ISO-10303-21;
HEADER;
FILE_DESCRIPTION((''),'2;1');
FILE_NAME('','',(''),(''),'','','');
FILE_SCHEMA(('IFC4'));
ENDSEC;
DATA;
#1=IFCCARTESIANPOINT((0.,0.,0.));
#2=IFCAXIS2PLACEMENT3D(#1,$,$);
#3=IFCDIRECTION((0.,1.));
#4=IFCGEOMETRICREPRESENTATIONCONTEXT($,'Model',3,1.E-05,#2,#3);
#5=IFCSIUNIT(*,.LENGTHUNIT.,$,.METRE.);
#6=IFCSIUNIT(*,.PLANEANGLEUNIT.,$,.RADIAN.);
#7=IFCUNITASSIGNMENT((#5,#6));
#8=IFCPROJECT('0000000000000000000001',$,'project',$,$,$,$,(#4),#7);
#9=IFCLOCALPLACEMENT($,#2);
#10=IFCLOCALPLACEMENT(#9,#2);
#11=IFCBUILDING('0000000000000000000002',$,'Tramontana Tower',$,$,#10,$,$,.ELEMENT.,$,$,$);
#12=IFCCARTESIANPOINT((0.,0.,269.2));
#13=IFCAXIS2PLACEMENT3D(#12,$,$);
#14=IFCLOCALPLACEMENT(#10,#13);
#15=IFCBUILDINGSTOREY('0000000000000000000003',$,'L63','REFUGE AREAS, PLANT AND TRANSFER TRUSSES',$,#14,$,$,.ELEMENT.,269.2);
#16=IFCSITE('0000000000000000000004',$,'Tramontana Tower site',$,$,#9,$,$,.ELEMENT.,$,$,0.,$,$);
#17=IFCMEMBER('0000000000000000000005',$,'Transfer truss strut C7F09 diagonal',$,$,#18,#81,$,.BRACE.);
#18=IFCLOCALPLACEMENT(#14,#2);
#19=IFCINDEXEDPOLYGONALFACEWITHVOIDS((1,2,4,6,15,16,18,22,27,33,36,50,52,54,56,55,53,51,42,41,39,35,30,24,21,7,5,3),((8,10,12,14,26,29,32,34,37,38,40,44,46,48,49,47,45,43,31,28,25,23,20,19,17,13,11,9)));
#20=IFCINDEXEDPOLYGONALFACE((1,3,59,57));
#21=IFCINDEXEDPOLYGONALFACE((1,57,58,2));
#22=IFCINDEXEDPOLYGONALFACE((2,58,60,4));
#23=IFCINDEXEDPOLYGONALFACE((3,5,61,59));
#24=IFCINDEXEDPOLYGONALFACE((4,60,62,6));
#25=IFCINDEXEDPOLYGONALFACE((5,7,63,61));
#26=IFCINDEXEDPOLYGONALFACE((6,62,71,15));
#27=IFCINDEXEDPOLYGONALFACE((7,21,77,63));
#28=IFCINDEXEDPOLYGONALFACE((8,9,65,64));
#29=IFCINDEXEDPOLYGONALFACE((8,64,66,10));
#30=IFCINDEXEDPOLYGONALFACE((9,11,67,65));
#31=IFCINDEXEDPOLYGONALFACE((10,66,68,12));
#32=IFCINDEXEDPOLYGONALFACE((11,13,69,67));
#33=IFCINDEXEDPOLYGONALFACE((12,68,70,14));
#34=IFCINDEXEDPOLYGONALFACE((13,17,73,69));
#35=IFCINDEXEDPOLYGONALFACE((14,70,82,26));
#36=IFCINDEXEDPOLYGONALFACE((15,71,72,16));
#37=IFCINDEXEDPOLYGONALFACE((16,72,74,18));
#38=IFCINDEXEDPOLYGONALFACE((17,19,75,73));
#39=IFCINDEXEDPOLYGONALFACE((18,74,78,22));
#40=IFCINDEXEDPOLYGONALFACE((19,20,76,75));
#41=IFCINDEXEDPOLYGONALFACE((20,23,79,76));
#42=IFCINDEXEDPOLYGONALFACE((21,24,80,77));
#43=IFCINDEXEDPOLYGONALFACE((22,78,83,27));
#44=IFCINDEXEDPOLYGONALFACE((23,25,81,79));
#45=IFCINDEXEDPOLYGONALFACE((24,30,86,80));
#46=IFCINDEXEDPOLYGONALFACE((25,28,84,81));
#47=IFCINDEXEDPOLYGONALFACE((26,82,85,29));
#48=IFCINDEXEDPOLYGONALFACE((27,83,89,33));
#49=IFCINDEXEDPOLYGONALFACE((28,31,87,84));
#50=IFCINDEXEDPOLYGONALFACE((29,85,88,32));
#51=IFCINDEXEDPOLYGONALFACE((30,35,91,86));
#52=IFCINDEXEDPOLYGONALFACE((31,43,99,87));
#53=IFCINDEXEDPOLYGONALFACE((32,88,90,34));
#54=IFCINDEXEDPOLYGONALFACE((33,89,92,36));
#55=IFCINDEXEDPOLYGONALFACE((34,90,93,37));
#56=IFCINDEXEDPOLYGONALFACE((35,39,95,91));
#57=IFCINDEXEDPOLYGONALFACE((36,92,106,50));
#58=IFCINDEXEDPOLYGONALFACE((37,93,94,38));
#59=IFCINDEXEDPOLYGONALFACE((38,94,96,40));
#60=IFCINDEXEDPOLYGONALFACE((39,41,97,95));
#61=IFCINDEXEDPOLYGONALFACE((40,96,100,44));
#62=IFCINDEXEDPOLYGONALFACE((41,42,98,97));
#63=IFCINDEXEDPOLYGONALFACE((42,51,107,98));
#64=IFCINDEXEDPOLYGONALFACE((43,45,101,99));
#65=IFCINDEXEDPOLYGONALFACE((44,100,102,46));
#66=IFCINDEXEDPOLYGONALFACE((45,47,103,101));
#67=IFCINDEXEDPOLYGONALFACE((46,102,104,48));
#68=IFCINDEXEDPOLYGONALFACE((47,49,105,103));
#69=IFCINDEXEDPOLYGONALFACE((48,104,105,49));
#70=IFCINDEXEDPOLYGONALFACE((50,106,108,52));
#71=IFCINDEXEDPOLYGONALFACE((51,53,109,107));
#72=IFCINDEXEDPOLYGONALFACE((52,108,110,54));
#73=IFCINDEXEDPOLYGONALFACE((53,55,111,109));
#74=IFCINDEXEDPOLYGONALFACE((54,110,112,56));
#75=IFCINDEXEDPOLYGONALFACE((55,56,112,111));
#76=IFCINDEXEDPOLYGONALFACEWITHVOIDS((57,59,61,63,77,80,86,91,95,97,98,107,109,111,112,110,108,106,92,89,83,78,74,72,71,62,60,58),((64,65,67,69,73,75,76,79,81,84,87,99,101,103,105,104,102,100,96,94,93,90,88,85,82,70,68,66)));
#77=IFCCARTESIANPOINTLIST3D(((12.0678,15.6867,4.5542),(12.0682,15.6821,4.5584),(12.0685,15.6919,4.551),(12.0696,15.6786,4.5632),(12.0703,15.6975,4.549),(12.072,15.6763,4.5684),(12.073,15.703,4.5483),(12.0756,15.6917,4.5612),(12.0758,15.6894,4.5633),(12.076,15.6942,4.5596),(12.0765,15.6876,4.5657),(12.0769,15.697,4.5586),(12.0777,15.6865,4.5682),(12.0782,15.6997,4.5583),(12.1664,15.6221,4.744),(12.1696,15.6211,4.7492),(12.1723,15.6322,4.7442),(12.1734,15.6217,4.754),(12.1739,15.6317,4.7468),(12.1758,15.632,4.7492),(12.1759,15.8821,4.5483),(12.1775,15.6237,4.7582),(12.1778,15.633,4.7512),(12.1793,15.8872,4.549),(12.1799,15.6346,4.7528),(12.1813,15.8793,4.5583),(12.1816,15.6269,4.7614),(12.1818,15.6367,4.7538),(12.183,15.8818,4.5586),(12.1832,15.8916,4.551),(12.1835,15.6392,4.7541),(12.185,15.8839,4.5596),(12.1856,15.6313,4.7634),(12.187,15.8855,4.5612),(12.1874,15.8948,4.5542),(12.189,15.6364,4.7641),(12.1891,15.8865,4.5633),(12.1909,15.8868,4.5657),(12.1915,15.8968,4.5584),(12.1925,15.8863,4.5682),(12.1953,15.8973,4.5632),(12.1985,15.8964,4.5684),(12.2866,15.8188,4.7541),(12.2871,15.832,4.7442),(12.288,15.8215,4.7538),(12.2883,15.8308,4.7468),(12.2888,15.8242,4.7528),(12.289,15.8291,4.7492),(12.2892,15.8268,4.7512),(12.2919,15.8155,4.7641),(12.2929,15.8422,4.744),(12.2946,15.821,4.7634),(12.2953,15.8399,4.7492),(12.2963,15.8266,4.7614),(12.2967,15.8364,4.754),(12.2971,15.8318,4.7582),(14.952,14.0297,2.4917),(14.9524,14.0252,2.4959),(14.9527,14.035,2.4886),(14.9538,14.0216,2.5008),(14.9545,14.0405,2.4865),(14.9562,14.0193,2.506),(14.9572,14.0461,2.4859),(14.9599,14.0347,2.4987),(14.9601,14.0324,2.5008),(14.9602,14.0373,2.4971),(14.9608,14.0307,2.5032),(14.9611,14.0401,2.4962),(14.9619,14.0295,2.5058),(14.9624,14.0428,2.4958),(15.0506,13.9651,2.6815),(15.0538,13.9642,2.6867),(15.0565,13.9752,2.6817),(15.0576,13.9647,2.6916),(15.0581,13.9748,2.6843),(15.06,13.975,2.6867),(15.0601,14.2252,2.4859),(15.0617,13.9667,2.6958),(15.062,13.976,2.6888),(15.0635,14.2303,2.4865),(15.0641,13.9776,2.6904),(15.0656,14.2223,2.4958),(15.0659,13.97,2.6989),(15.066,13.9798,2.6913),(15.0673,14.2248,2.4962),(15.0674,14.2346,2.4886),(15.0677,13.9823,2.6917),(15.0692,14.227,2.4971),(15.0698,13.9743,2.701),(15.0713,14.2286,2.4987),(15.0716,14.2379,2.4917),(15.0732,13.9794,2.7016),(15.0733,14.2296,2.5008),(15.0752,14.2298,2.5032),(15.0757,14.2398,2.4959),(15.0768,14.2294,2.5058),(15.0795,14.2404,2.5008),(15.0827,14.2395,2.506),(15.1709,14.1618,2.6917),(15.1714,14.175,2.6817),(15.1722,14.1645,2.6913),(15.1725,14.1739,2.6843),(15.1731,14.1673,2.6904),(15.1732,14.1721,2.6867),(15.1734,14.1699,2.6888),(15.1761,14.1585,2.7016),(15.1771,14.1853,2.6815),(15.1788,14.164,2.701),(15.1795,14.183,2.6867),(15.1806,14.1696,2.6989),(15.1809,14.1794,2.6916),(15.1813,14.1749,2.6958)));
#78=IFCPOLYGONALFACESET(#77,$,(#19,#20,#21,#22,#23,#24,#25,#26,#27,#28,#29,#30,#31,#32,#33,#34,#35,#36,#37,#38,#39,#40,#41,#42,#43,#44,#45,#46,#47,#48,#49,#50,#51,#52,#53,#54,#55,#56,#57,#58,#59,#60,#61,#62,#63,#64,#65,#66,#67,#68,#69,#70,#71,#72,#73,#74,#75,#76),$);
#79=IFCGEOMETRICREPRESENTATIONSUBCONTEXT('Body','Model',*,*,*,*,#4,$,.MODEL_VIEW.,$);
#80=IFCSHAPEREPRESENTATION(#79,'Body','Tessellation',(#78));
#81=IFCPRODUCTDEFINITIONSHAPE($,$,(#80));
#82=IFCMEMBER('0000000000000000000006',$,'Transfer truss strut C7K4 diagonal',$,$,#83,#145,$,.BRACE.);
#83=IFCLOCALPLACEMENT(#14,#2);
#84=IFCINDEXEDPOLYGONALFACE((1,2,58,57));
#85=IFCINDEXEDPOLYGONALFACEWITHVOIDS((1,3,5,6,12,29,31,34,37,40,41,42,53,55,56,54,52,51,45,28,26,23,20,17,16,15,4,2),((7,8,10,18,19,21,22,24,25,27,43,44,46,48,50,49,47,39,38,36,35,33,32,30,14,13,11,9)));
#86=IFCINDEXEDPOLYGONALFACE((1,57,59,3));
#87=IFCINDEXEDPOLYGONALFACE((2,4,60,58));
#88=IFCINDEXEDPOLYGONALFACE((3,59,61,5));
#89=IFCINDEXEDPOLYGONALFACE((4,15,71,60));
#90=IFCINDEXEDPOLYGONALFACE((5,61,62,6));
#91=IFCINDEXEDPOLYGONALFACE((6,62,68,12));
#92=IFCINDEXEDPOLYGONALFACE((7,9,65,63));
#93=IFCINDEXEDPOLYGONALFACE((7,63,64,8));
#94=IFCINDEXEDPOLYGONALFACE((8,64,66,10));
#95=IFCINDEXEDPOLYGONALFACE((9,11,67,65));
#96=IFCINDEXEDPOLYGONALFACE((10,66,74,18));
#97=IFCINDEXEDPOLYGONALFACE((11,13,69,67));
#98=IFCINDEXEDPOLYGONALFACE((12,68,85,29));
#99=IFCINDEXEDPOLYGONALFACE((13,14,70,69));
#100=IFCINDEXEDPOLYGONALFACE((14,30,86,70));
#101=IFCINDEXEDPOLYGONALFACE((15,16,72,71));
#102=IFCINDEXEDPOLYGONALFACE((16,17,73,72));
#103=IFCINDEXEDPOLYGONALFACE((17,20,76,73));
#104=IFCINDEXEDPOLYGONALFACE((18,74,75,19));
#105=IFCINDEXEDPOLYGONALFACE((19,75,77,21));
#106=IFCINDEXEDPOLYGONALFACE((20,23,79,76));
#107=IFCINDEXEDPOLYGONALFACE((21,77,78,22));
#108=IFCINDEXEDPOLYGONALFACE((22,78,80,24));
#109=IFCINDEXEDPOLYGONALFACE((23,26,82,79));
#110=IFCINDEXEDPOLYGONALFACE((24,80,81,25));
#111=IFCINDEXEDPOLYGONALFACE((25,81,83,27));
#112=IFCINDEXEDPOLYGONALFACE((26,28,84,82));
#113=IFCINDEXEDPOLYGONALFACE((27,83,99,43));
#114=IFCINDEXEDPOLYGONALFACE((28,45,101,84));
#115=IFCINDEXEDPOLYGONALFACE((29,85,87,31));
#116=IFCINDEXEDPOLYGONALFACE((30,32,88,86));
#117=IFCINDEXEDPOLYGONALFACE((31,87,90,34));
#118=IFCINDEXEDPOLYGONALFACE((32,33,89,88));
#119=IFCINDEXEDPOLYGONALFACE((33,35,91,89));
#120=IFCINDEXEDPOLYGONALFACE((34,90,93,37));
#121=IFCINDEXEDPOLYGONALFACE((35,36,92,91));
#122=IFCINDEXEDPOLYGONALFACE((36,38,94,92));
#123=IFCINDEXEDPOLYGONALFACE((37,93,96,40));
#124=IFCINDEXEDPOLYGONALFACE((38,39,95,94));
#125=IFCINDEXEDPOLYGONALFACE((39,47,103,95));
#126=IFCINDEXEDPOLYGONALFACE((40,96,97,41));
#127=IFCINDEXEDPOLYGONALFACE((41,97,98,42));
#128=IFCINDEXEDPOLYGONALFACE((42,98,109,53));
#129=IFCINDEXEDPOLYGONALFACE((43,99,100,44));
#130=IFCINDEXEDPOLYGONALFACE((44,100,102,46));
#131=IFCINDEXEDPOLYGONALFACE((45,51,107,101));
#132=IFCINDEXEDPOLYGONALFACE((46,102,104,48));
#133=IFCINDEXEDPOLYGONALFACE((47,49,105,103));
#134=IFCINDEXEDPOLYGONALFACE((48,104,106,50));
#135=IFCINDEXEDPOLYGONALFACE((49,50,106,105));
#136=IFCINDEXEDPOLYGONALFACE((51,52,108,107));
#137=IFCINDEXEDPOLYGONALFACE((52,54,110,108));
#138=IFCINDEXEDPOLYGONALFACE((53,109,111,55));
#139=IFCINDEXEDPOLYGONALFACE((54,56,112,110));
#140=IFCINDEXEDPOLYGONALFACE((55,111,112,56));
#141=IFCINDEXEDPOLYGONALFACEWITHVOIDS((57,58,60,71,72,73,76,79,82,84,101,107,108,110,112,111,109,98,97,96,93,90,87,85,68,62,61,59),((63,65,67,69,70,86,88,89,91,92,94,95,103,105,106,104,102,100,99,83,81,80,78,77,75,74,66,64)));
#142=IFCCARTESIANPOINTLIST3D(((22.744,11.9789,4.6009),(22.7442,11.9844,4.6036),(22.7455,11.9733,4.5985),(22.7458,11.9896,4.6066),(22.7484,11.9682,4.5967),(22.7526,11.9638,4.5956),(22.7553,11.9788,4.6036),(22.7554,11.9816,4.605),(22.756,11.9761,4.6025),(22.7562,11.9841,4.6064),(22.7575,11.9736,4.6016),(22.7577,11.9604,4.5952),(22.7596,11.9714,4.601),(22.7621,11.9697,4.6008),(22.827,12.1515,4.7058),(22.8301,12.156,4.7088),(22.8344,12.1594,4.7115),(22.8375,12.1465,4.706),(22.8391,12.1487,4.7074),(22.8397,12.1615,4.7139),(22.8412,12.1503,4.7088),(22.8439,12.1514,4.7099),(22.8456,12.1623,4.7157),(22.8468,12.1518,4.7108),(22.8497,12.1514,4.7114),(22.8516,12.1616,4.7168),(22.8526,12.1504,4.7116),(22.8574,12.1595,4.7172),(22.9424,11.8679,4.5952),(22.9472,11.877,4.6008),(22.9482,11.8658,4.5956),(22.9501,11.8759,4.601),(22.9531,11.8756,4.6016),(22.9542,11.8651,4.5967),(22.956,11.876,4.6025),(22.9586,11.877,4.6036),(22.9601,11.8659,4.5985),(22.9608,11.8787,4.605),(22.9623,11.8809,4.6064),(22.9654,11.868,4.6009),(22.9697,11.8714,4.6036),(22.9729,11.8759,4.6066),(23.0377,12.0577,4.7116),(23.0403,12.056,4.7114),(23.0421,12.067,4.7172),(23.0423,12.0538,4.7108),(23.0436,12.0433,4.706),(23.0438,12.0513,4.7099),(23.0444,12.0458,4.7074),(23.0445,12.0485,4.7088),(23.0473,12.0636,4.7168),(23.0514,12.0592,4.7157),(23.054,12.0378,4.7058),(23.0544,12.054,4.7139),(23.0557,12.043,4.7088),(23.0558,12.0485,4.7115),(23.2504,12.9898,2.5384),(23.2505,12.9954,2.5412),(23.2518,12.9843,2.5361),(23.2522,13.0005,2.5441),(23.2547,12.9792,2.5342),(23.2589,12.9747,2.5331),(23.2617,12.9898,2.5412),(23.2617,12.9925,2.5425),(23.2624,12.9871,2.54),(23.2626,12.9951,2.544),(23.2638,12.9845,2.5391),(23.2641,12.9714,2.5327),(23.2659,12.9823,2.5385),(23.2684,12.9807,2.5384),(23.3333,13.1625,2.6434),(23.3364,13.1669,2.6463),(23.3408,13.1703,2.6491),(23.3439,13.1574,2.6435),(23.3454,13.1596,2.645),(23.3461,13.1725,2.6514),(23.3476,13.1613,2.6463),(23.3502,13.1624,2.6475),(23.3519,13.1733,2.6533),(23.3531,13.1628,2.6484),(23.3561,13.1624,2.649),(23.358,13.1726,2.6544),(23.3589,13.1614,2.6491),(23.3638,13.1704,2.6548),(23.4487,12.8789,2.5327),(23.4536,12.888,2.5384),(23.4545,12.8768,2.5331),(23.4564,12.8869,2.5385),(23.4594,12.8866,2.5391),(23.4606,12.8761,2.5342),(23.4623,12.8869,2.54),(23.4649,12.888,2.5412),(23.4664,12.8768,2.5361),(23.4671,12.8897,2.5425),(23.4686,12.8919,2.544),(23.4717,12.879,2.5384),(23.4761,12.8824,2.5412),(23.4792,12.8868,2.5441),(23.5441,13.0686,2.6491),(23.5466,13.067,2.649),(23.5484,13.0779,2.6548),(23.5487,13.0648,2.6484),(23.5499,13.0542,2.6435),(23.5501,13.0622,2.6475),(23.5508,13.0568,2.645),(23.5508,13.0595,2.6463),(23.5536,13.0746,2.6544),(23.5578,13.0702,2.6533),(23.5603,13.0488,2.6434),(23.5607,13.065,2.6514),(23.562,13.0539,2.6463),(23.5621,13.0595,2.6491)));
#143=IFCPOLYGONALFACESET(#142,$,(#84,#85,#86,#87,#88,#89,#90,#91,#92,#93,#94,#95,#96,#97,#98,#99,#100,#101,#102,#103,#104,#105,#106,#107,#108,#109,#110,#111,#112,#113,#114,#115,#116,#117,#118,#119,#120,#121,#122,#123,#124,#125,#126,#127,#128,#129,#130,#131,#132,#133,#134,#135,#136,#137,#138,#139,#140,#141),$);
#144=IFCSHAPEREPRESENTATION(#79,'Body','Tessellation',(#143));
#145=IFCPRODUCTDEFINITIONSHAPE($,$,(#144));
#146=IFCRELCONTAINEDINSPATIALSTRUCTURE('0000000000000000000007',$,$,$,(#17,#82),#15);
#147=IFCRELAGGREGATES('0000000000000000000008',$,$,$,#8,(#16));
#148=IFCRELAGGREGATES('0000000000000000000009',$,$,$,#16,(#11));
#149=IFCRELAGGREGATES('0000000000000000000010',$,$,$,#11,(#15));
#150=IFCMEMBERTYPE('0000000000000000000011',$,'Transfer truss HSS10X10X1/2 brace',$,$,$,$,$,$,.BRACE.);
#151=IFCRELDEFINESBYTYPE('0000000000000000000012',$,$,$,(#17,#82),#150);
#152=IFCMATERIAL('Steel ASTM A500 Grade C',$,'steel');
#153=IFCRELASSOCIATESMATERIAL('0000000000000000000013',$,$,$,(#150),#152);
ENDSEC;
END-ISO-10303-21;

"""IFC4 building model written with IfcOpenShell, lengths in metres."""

from ifc_helpers import new_model, si_unit, direction, frame, origin, origin_2d, place, context, subcontext, project, spatial, hollow_rectangle, extrude, material, material_profile, profile_set, type_object, element, save


model = new_model("IFC4")

# Units and contexts
model_context = context("Model", 3, precision=1e-05, world=origin(), true_north=direction((0.0, 1.0)))
body_context = subcontext(model_context, "Body", "Model", "MODEL_VIEW")
ifc_project = project(units=[si_unit("LENGTHUNIT", "METRE"), si_unit("PLANEANGLEUNIT", "RADIAN")], contexts=[model_context])

# Site, building, storey
site_placement = place(None, origin())
site = spatial("IfcSite", under=ifc_project, at=site_placement, Name="Tramontana Tower site", CompositionType="ELEMENT", RefElevation=0.0)
building_placement = place(site_placement, origin())
building = spatial("IfcBuilding", under=site, at=building_placement, Name="Tramontana Tower", CompositionType="ELEMENT")
storey_placement = place(building_placement, frame((0.0, 0.0, 269.2)))
storey = spatial("IfcBuildingStorey", under=building, at=storey_placement, Name="L63", Description="REFUGE AREAS, PLANT AND TRANSFER TRUSSES", CompositionType="ELEMENT", Elevation=269.2)

# Members
ifc_material_1 = material(Name="Steel ASTM A500 Grade C", Category="steel")
ifc_material_profile_1 = material_profile(ifc_material_1, hollow_rectangle(XDim=0.2539, YDim=0.2539, WallThickness=0.0117, InnerFilletRadius=0.0117, OuterFilletRadius=0.0237, at=origin_2d()), Name="HSS10X10X1/2")
ifc_profile_set_1 = profile_set([ifc_material_profile_1], Name="Steel ASTM A500 Grade C")
member_type_1 = type_object("IfcMemberType", Name="Transfer truss HSS10X10X1/2 brace", PredefinedType="BRACE", material=ifc_profile_set_1)
member_1_placement = place(storey_placement, frame((15.0667, 14.1023, 2.5938), z_axis=(-0.736933, 0.423359, 0.526969), x_axis=(-0.498137, -0.867098, 0.0)))
element("IfcMember", 1, at=member_1_placement, inside=storey, type_object=member_type_1, Name="Transfer truss strut C7F09 diagonal", PredefinedType="BRACE", context=body_context, shape_type="SweptSolid", body=[
    extrude(hollow_rectangle(XDim=0.2539, YDim=0.2539, WallThickness=0.0117, InnerFilletRadius=0.0117, OuterFilletRadius=0.0237, at=origin_2d()), origin(), (0.0, 0.0, 1.0), 3.9138),
])
member_2_placement = place(storey_placement, frame((23.4062, 13.0247, 2.5938), z_axis=(-0.215274, -0.429822, 0.876875), x_axis=(0.894125, -0.447818, 0.0)))
element("IfcMember", 2, at=member_2_placement, inside=storey, type_object=member_type_1, Name="Transfer truss strut C7K4 diagonal", PredefinedType="BRACE", context=body_context, shape_type="SweptSolid", body=[
    extrude(hollow_rectangle(XDim=0.2539, YDim=0.2539, WallThickness=0.0117, InnerFilletRadius=0.0117, OuterFilletRadius=0.0237, at=origin_2d()), origin(), (0.0, 0.0, 1.0), 2.3521),
])

save(model, "model.ifc")
